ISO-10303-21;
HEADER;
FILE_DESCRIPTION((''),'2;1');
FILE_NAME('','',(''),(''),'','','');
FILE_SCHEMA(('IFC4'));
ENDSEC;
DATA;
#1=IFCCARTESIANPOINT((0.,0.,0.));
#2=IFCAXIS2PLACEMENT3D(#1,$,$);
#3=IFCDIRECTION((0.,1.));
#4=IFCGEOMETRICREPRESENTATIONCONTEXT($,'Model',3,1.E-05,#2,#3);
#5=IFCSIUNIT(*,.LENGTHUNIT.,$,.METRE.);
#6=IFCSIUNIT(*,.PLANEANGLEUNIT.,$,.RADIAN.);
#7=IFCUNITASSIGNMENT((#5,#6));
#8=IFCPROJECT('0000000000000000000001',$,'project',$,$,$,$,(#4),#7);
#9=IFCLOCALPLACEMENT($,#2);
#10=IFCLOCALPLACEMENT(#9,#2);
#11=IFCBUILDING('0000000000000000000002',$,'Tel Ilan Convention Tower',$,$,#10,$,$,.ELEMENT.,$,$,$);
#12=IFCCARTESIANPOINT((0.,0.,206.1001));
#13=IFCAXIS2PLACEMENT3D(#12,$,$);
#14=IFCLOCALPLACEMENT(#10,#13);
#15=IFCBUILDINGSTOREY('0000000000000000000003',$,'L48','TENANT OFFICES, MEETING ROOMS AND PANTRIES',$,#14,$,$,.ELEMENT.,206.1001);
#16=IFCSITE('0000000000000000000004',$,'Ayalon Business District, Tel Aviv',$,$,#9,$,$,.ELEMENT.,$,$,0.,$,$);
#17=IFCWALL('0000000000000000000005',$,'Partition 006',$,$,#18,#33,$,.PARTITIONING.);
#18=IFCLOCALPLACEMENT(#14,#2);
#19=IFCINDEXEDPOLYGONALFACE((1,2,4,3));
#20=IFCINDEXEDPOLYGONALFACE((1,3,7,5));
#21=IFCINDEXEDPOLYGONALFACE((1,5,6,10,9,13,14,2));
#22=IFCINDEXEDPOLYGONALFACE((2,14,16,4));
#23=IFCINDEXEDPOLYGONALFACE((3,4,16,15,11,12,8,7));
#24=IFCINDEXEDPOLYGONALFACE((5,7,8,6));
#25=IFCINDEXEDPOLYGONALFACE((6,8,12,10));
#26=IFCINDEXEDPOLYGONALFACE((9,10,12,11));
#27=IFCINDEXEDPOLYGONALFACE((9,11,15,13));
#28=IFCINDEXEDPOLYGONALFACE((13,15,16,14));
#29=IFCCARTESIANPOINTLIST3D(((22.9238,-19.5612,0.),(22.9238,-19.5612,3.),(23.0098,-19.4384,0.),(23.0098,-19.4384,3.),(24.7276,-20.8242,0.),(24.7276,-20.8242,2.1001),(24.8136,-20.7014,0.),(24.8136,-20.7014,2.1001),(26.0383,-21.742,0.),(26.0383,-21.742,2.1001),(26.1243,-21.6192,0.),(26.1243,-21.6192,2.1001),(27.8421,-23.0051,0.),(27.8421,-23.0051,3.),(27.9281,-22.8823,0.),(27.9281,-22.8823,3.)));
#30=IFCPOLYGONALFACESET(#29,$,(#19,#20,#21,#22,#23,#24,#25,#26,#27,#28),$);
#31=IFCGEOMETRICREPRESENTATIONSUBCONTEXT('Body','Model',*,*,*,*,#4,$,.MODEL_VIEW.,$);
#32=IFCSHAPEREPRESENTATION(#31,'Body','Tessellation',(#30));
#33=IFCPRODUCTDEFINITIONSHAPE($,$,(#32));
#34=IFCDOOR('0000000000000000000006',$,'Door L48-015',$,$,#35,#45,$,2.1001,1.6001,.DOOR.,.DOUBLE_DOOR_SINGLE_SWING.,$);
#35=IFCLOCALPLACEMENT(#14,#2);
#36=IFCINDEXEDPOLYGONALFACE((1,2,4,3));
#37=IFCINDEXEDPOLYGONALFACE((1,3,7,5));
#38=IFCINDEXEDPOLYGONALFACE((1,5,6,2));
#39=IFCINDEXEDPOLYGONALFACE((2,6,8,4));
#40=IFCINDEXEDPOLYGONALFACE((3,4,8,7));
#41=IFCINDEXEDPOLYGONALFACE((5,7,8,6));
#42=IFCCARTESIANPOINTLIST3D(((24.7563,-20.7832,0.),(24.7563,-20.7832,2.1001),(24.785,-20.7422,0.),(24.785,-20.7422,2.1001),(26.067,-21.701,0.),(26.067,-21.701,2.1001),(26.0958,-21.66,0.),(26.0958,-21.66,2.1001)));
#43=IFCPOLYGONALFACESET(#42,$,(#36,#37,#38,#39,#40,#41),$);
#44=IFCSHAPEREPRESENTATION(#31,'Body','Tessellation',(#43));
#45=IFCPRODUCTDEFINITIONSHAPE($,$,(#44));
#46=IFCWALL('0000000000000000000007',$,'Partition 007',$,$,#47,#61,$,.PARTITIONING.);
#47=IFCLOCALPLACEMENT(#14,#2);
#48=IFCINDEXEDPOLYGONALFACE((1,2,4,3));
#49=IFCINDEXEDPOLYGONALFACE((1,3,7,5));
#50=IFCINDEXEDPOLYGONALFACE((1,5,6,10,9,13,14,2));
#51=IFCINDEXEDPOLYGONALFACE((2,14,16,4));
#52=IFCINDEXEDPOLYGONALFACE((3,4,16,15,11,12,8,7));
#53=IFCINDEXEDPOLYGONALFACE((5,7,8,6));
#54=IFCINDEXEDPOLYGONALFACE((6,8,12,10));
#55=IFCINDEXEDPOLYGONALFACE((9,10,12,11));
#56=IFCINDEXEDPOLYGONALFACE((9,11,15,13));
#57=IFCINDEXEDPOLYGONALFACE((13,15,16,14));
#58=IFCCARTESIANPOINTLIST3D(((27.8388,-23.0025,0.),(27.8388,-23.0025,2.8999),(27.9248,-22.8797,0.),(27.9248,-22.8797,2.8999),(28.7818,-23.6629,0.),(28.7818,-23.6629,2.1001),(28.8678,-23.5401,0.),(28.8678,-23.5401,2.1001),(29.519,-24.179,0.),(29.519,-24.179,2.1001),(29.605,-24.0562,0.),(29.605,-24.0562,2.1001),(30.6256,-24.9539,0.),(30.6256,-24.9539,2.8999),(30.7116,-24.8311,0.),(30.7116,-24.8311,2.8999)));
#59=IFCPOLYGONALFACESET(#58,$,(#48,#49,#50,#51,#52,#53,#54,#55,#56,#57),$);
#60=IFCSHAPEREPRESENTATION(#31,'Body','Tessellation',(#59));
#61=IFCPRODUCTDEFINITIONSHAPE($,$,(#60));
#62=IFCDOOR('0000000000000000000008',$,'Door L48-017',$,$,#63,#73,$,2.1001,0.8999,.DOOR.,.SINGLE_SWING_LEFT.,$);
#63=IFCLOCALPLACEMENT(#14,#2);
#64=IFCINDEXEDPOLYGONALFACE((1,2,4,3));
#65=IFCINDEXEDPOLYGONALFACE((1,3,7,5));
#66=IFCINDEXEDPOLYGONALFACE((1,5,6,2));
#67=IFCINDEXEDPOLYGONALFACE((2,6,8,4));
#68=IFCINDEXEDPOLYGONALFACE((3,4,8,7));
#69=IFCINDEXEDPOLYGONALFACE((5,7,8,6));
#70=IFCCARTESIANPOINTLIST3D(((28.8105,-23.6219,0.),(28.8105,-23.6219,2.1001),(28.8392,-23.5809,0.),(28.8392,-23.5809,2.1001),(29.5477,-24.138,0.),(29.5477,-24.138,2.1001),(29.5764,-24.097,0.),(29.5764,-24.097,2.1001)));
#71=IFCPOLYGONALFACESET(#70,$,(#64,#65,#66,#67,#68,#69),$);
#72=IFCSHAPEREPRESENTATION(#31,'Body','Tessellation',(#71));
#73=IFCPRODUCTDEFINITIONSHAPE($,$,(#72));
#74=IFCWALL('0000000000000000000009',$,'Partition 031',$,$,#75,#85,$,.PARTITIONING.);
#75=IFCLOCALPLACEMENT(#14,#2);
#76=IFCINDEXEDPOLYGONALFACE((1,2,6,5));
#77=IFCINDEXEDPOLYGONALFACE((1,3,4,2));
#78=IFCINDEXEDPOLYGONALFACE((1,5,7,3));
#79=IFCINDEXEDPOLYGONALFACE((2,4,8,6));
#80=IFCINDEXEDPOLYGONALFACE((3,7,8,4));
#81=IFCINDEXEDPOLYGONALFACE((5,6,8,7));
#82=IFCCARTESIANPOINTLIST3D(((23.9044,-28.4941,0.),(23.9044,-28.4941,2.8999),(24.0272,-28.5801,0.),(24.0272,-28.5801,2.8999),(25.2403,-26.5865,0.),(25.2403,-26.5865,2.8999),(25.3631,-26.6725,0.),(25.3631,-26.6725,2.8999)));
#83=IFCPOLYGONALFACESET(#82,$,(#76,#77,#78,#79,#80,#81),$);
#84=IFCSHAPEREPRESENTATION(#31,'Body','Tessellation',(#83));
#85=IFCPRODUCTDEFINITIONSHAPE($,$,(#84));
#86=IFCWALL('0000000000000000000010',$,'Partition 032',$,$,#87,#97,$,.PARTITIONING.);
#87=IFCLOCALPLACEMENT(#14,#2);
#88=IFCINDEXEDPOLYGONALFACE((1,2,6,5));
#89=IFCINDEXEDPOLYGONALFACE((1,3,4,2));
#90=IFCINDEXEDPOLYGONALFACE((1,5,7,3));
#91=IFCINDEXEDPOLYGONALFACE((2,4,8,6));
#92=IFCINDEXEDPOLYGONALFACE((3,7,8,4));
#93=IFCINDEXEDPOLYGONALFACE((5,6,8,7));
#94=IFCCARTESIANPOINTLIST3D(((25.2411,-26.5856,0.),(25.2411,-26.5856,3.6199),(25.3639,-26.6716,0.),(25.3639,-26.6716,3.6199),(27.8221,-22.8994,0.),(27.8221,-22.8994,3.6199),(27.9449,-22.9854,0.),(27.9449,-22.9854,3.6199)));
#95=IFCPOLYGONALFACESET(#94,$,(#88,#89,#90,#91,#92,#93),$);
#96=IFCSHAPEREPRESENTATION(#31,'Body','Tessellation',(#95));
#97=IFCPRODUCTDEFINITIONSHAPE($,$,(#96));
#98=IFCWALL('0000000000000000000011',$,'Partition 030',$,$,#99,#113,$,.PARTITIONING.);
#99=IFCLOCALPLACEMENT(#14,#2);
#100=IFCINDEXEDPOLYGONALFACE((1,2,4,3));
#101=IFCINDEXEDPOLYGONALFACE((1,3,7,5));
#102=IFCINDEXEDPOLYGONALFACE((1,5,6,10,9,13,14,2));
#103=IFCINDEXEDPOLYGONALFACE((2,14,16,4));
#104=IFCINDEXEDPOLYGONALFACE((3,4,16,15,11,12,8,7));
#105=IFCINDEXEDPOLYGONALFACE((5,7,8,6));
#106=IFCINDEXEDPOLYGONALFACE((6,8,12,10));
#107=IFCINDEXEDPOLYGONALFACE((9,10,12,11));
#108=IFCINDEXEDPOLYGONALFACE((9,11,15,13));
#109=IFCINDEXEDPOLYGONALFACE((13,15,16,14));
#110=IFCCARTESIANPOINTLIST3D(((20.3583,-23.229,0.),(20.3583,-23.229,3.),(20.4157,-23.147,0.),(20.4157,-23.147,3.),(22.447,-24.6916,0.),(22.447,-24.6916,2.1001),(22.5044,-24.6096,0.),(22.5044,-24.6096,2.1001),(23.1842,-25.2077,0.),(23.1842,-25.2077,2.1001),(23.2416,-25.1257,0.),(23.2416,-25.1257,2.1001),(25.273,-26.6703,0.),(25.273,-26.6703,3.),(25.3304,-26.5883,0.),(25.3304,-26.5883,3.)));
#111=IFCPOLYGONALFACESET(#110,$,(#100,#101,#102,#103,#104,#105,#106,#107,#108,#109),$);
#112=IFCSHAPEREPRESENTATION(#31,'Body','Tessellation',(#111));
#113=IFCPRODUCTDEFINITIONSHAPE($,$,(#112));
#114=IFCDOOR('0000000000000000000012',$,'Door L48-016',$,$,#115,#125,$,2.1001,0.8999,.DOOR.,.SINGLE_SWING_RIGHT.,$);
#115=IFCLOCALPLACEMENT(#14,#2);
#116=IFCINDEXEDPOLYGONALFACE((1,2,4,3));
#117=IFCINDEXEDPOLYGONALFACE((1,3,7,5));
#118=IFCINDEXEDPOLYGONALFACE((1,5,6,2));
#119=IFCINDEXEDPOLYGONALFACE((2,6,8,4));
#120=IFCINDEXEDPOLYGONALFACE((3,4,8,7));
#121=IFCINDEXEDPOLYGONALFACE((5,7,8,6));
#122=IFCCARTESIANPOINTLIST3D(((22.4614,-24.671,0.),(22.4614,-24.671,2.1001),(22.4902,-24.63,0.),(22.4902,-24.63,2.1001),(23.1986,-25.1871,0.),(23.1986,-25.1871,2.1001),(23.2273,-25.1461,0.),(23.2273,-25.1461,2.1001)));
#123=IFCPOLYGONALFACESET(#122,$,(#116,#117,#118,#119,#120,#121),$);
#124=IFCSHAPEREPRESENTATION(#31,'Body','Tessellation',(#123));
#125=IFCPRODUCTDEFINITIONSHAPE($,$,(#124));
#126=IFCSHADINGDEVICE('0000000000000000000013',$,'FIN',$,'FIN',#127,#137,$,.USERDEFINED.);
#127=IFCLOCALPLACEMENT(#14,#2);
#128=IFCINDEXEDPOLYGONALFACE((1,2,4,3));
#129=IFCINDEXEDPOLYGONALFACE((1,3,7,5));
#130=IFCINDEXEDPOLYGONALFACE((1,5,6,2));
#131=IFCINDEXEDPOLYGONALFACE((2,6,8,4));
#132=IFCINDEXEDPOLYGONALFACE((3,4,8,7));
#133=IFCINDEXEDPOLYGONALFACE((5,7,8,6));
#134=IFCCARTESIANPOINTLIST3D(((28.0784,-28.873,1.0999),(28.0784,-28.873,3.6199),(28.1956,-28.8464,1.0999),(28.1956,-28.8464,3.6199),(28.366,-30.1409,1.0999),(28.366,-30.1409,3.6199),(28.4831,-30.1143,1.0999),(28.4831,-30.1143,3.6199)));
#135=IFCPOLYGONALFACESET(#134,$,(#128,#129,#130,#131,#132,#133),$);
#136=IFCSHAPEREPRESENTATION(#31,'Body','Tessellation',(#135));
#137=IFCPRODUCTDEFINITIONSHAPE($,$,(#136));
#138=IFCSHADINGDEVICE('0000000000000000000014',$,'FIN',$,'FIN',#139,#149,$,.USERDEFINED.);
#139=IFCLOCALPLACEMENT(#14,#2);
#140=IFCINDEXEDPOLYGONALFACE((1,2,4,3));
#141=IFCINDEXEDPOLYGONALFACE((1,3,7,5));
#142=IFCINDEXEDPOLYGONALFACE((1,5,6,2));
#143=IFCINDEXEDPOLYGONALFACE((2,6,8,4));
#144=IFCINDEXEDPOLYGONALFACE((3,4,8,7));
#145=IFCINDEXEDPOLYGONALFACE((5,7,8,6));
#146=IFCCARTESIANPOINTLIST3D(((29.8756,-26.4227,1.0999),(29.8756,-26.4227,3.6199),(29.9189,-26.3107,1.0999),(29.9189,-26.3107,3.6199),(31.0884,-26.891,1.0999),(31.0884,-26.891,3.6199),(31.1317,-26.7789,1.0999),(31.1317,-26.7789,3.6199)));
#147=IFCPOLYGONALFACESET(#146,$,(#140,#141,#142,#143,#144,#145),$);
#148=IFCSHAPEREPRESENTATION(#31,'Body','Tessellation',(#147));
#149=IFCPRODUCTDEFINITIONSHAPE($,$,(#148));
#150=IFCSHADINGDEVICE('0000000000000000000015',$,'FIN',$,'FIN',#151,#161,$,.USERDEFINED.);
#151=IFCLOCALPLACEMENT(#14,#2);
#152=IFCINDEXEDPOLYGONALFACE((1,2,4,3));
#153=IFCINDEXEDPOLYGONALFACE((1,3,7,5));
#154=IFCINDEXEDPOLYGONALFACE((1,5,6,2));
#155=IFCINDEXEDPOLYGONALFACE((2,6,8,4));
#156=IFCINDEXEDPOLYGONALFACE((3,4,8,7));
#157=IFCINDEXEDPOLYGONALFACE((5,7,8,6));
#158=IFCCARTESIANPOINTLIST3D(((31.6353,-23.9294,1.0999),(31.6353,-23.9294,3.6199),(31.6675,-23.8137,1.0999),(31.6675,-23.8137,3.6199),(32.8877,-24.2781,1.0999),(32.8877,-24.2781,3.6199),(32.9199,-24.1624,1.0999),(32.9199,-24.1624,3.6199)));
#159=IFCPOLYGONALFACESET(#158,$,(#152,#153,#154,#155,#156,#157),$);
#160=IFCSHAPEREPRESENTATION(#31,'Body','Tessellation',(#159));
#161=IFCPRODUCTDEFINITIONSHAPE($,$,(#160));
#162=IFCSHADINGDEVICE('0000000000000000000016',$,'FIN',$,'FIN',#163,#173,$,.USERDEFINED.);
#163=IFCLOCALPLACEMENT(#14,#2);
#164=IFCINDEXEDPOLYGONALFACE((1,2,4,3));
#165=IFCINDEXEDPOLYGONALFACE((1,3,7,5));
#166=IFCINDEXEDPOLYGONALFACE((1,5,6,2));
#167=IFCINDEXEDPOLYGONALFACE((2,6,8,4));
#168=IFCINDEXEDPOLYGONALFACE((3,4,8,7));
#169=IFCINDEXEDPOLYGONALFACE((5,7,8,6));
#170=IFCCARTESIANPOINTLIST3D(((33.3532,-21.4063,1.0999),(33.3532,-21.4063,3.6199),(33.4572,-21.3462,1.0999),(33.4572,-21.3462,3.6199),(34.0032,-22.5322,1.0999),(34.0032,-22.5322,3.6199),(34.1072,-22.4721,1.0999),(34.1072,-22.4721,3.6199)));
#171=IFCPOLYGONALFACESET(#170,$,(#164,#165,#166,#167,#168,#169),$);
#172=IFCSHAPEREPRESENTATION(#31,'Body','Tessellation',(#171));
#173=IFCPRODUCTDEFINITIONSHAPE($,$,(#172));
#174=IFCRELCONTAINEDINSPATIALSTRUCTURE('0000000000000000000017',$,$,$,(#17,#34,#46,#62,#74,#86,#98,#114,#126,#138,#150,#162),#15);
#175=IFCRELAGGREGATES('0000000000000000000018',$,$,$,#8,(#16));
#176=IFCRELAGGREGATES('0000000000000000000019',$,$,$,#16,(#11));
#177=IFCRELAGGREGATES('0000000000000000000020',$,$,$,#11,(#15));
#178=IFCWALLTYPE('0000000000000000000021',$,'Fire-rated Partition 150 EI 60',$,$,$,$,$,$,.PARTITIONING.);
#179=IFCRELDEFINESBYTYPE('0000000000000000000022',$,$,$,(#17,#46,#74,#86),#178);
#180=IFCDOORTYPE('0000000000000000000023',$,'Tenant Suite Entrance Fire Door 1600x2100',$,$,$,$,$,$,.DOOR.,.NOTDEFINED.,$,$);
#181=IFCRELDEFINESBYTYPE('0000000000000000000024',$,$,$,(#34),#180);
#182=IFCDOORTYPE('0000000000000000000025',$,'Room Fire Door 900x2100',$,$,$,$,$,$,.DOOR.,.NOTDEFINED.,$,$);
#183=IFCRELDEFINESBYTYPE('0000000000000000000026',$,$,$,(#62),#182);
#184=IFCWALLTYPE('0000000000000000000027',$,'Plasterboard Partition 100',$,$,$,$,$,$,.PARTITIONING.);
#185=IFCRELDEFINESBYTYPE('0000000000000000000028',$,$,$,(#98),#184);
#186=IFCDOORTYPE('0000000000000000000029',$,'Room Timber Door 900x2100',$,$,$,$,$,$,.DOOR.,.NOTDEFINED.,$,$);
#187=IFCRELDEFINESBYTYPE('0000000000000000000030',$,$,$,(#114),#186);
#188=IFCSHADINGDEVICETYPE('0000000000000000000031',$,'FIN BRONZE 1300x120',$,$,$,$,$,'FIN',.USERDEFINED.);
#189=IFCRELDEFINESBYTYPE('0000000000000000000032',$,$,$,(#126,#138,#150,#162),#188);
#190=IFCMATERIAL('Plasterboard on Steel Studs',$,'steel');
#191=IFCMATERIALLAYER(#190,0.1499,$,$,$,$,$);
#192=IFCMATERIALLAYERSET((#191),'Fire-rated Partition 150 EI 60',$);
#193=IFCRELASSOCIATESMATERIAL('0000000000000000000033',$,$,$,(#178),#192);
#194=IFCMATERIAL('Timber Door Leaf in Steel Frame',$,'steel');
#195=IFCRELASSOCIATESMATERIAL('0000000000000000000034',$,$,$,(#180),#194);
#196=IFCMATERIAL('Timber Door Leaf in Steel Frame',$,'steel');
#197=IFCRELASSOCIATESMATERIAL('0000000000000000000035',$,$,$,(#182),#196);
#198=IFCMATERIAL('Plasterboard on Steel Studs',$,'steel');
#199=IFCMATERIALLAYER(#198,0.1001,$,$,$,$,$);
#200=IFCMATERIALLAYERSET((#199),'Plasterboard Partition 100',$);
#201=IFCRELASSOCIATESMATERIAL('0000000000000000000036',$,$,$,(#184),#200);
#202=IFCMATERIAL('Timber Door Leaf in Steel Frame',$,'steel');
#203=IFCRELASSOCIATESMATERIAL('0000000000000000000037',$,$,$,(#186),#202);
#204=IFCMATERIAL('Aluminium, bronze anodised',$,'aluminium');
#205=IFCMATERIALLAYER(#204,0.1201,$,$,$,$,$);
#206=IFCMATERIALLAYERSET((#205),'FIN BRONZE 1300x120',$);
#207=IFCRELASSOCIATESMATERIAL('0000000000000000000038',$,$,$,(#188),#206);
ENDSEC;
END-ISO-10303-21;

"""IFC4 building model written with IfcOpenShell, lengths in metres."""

from ifc_helpers import new_model, si_unit, direction, frame, frame_2d, origin, origin_2d, place, context, subcontext, project, spatial, rectangle, extrude, material, layer, layer_set, type_object, element, fill, save


model = new_model("IFC4")

# Units and contexts
model_context = context("Model", 3, precision=1e-05, world=origin(), true_north=direction((0.0, 1.0)))
body_context = subcontext(model_context, "Body", "Model", "MODEL_VIEW")
ifc_project = project(units=[si_unit("LENGTHUNIT", "METRE"), si_unit("PLANEANGLEUNIT", "RADIAN")], contexts=[model_context])

# Site, building, storey
site_placement = place(None, origin())
site = spatial("IfcSite", under=ifc_project, at=site_placement, Name="Ayalon Business District, Tel Aviv", CompositionType="ELEMENT", RefElevation=0.0)
building_placement = place(site_placement, origin())
building = spatial("IfcBuilding", under=site, at=building_placement, Name="Tel Ilan Convention Tower", CompositionType="ELEMENT")
storey_placement = place(building_placement, frame((0.0, 0.0, 206.1001)))
storey = spatial("IfcBuildingStorey", under=building, at=storey_placement, Name="L48", Description="TENANT OFFICES, MEETING ROOMS AND PANTRIES", CompositionType="ELEMENT", Elevation=206.1001)

# Walls, openings, doors
ifc_material_1 = material(Name="Plasterboard on Steel Studs", Category="steel")
ifc_layer_1 = layer(ifc_material_1, 0.1499)
ifc_layer_set_1 = layer_set([ifc_layer_1], Name="Fire-rated Partition 150 EI 60")
wall_type_1 = type_object("IfcWallType", Name="Fire-rated Partition 150 EI 60", PredefinedType="PARTITIONING", material=ifc_layer_set_1)
wall_1_placement = place(storey_placement, frame((27.885, -22.9436, 0.0), z_axis=(0.0, 0.0, 1.0), x_axis=(-0.819146, 0.573585, 0.0)))
wall_1 = element("IfcWall", 1, at=wall_1_placement, inside=storey, type_object=wall_type_1, Name="Partition 006", PredefinedType="PARTITIONING", context=body_context, shape_type="SweptSolid", body=[
    extrude(rectangle(XDim=6.0042, YDim=0.1499, at=frame_2d((3.002, 0.0))), origin(), (0.0, 0.0, 1.0), 3.0),
])
opening_1_placement = place(wall_1_placement, frame((2.2019, 0.0, 0.0)))
opening_1 = element("IfcOpeningElement", 2, at=opening_1_placement, cuts=wall_1, PredefinedType="OPENING", context=body_context, shape_type="SweptSolid", body=[
    extrude(rectangle(XDim=1.6001, YDim=2.1001, at=frame_2d((0.8, 1.05))), frame((0.0, 0.085, 0.0), z_axis=(0.0, -1.0, 0.0), x_axis=(1.0, 0.0, 0.0)), (0.0, 0.0, 1.0), 0.1699),
])
ifc_material_2 = material(Name="Timber Door Leaf in Steel Frame", Category="steel")
door_type_1 = type_object("IfcDoorType", Name="Tenant Suite Entrance Fire Door 1600x2100", OperationType="NOTDEFINED", PredefinedType="DOOR", material=ifc_material_2)
door_1_placement = place(opening_1_placement, origin())
door_1 = element("IfcDoor", 3, at=door_1_placement, inside=storey, type_object=door_type_1, Name="Door L48-015", OperationType="DOUBLE_DOOR_SINGLE_SWING", OverallHeight=2.1001, OverallWidth=1.6001, PredefinedType="DOOR", context=body_context, shape_type="SweptSolid", body=[
    extrude(rectangle(XDim=1.6001, YDim=2.1001, at=frame_2d((0.8, 1.05))), frame((0.0, 0.0249, 0.0), z_axis=(0.0, -1.0, 0.0), x_axis=(1.0, 0.0, 0.0)), (0.0, 0.0, 1.0), 0.05),
])
fill(opening_1, door_1)
wall_2_placement = place(storey_placement, frame((30.6687, -24.8926, 0.0), z_axis=(0.0, 0.0, 1.0), x_axis=(-0.819148, 0.573583, 0.0)))
wall_2 = element("IfcWall", 4, at=wall_2_placement, inside=storey, type_object=wall_type_1, Name="Partition 007", PredefinedType="PARTITIONING", context=body_context, shape_type="SweptSolid", body=[
    extrude(rectangle(XDim=3.4021, YDim=0.1499, at=frame_2d((1.7012, 0.0))), origin(), (0.0, 0.0, 1.0), 2.8999),
])
opening_2_placement = place(wall_2_placement, frame((1.3511, 0.0, 0.0)))
opening_2 = element("IfcOpeningElement", 5, at=opening_2_placement, cuts=wall_2, PredefinedType="OPENING", context=body_context, shape_type="SweptSolid", body=[
    extrude(rectangle(XDim=0.8999, YDim=2.1001, at=frame_2d((0.45, 1.05))), frame((0.0, 0.085, 0.0), z_axis=(0.0, -1.0, 0.0), x_axis=(1.0, 0.0, 0.0)), (0.0, 0.0, 1.0), 0.1699),
])
ifc_material_3 = material(Name="Timber Door Leaf in Steel Frame", Category="steel")
door_type_2 = type_object("IfcDoorType", Name="Room Fire Door 900x2100", OperationType="NOTDEFINED", PredefinedType="DOOR", material=ifc_material_3)
door_2_placement = place(opening_2_placement, origin())
door_2 = element("IfcDoor", 6, at=door_2_placement, inside=storey, type_object=door_type_2, Name="Door L48-017", OperationType="SINGLE_SWING_LEFT", OverallHeight=2.1001, OverallWidth=0.8999, PredefinedType="DOOR", context=body_context, shape_type="SweptSolid", body=[
    extrude(rectangle(XDim=0.8999, YDim=2.1001, at=frame_2d((0.45, 1.05))), frame((0.0, 0.0249, 0.0), z_axis=(0.0, -1.0, 0.0), x_axis=(1.0, 0.0, 0.0)), (0.0, 0.0, 1.0), 0.05),
])
fill(opening_2, door_2)

# Walls
wall_3_placement = place(storey_placement, frame((25.3018, -26.6294, 0.0), z_axis=(0.0, 0.0, 1.0), x_axis=(-0.573617, -0.819124, 0.0)))
element("IfcWall", 7, at=wall_3_placement, inside=storey, type_object=wall_type_1, Name="Partition 031", PredefinedType="PARTITIONING", context=body_context, shape_type="SweptSolid", body=[
    extrude(rectangle(XDim=2.3289, YDim=0.1499, at=frame_2d((1.1646, 0.0))), origin(), (0.0, 0.0, 1.0), 2.8999),
])
wall_4_placement = place(storey_placement, frame((27.8835, -22.9424, 0.0), z_axis=(0.0, 0.0, 1.0), x_axis=(-0.573561, -0.819163, 0.0)))
element("IfcWall", 8, at=wall_4_placement, inside=storey, type_object=wall_type_1, Name="Partition 032", PredefinedType="PARTITIONING", context=body_context, shape_type="SweptSolid", body=[
    extrude(rectangle(XDim=4.5, YDim=0.1499, at=frame_2d((2.25, 0.0))), origin(), (0.0, 0.0, 1.0), 3.6199),
])

# Wall, opening, door
ifc_material_4 = material(Name="Plasterboard on Steel Studs", Category="steel")
ifc_layer_2 = layer(ifc_material_4, 0.1001)
ifc_layer_set_2 = layer_set([ifc_layer_2], Name="Plasterboard Partition 100")
wall_type_2 = type_object("IfcWallType", Name="Plasterboard Partition 100", PredefinedType="PARTITIONING", material=ifc_layer_set_2)
wall_5_placement = place(storey_placement, frame((25.3018, -26.6294, 0.0), z_axis=(0.0, 0.0, 1.0), x_axis=(-0.81915, 0.57358, 0.0)))
wall_5 = element("IfcWall", 9, at=wall_5_placement, inside=storey, type_object=wall_type_2, Name="Partition 030", PredefinedType="PARTITIONING", context=body_context, shape_type="SweptSolid", body=[
    extrude(rectangle(XDim=5.9998, YDim=0.1001, at=frame_2d((3.0, 0.0))), origin(), (0.0, 0.0, 1.0), 3.0),
])
opening_3_placement = place(wall_5_placement, frame((2.55, 0.0, 0.0)))
opening_3 = element("IfcOpeningElement", 10, at=opening_3_placement, cuts=wall_5, PredefinedType="OPENING", context=body_context, shape_type="SweptSolid", body=[
    extrude(rectangle(XDim=0.8999, YDim=2.1001, at=frame_2d((0.45, 1.05))), frame((0.0, 0.0601, 0.0), z_axis=(0.0, -1.0, 0.0), x_axis=(1.0, 0.0, 0.0)), (0.0, 0.0, 1.0), 0.1201),
])
ifc_material_5 = material(Name="Timber Door Leaf in Steel Frame", Category="steel")
door_type_3 = type_object("IfcDoorType", Name="Room Timber Door 900x2100", OperationType="NOTDEFINED", PredefinedType="DOOR", material=ifc_material_5)
door_3_placement = place(opening_3_placement, origin())
door_3 = element("IfcDoor", 11, at=door_3_placement, inside=storey, type_object=door_type_3, Name="Door L48-016", OperationType="SINGLE_SWING_RIGHT", OverallHeight=2.1001, OverallWidth=0.8999, PredefinedType="DOOR", context=body_context, shape_type="SweptSolid", body=[
    extrude(rectangle(XDim=0.8999, YDim=2.1001, at=frame_2d((0.45, 1.05))), frame((0.0, 0.0249, 0.0), z_axis=(0.0, -1.0, 0.0), x_axis=(1.0, 0.0, 0.0)), (0.0, 0.0, 1.0), 0.05),
])
fill(opening_3, door_3)

# Shading devices
ifc_material_6 = material(Name="Aluminium, bronze anodised", Category="aluminium")
ifc_layer_3 = layer(ifc_material_6, 0.1201)
ifc_layer_set_3 = layer_set([ifc_layer_3], Name="FIN BRONZE 1300x120")
shading_device_type = type_object("IfcShadingDeviceType", Name="FIN BRONZE 1300x120", ElementType="FIN", PredefinedType="USERDEFINED", material=ifc_layer_set_3)
for number, where, z_axis, x_axis, name in (
    (12, (28.2808, -29.4937, 1.0999), (0.0, 0.0, 1.0), (0.22117, -0.975235, 0.0), "FIN"),
    (13, (30.5037, -26.6008, 1.0999), (0.0, 0.0, 1.0), (0.932884, -0.360178, 0.0), "FIN"),
    (14, (32.2776, -24.0459, 1.0999), (0.0, 0.0, 1.0), (0.963371, -0.268173, 0.0), "FIN"),
    (15, (33.7302, -21.9392, 1.0999), (0.0, 0.0, 1.0), (0.5, -0.866025, 0.0), "FIN"),
):
    element("IfcShadingDevice", number, at=place(storey_placement, frame(where, z_axis=z_axis, x_axis=x_axis)), inside=storey, type_object=shading_device_type, Name=name, ObjectType="FIN", PredefinedType="USERDEFINED", context=body_context, shape_type="SweptSolid", body=[
        extrude(rectangle(XDim=1.3, YDim=0.1201, at=origin_2d()), origin(), (0.0, 0.0, 1.0), 2.52),
    ])

save(model, "model.ifc")
